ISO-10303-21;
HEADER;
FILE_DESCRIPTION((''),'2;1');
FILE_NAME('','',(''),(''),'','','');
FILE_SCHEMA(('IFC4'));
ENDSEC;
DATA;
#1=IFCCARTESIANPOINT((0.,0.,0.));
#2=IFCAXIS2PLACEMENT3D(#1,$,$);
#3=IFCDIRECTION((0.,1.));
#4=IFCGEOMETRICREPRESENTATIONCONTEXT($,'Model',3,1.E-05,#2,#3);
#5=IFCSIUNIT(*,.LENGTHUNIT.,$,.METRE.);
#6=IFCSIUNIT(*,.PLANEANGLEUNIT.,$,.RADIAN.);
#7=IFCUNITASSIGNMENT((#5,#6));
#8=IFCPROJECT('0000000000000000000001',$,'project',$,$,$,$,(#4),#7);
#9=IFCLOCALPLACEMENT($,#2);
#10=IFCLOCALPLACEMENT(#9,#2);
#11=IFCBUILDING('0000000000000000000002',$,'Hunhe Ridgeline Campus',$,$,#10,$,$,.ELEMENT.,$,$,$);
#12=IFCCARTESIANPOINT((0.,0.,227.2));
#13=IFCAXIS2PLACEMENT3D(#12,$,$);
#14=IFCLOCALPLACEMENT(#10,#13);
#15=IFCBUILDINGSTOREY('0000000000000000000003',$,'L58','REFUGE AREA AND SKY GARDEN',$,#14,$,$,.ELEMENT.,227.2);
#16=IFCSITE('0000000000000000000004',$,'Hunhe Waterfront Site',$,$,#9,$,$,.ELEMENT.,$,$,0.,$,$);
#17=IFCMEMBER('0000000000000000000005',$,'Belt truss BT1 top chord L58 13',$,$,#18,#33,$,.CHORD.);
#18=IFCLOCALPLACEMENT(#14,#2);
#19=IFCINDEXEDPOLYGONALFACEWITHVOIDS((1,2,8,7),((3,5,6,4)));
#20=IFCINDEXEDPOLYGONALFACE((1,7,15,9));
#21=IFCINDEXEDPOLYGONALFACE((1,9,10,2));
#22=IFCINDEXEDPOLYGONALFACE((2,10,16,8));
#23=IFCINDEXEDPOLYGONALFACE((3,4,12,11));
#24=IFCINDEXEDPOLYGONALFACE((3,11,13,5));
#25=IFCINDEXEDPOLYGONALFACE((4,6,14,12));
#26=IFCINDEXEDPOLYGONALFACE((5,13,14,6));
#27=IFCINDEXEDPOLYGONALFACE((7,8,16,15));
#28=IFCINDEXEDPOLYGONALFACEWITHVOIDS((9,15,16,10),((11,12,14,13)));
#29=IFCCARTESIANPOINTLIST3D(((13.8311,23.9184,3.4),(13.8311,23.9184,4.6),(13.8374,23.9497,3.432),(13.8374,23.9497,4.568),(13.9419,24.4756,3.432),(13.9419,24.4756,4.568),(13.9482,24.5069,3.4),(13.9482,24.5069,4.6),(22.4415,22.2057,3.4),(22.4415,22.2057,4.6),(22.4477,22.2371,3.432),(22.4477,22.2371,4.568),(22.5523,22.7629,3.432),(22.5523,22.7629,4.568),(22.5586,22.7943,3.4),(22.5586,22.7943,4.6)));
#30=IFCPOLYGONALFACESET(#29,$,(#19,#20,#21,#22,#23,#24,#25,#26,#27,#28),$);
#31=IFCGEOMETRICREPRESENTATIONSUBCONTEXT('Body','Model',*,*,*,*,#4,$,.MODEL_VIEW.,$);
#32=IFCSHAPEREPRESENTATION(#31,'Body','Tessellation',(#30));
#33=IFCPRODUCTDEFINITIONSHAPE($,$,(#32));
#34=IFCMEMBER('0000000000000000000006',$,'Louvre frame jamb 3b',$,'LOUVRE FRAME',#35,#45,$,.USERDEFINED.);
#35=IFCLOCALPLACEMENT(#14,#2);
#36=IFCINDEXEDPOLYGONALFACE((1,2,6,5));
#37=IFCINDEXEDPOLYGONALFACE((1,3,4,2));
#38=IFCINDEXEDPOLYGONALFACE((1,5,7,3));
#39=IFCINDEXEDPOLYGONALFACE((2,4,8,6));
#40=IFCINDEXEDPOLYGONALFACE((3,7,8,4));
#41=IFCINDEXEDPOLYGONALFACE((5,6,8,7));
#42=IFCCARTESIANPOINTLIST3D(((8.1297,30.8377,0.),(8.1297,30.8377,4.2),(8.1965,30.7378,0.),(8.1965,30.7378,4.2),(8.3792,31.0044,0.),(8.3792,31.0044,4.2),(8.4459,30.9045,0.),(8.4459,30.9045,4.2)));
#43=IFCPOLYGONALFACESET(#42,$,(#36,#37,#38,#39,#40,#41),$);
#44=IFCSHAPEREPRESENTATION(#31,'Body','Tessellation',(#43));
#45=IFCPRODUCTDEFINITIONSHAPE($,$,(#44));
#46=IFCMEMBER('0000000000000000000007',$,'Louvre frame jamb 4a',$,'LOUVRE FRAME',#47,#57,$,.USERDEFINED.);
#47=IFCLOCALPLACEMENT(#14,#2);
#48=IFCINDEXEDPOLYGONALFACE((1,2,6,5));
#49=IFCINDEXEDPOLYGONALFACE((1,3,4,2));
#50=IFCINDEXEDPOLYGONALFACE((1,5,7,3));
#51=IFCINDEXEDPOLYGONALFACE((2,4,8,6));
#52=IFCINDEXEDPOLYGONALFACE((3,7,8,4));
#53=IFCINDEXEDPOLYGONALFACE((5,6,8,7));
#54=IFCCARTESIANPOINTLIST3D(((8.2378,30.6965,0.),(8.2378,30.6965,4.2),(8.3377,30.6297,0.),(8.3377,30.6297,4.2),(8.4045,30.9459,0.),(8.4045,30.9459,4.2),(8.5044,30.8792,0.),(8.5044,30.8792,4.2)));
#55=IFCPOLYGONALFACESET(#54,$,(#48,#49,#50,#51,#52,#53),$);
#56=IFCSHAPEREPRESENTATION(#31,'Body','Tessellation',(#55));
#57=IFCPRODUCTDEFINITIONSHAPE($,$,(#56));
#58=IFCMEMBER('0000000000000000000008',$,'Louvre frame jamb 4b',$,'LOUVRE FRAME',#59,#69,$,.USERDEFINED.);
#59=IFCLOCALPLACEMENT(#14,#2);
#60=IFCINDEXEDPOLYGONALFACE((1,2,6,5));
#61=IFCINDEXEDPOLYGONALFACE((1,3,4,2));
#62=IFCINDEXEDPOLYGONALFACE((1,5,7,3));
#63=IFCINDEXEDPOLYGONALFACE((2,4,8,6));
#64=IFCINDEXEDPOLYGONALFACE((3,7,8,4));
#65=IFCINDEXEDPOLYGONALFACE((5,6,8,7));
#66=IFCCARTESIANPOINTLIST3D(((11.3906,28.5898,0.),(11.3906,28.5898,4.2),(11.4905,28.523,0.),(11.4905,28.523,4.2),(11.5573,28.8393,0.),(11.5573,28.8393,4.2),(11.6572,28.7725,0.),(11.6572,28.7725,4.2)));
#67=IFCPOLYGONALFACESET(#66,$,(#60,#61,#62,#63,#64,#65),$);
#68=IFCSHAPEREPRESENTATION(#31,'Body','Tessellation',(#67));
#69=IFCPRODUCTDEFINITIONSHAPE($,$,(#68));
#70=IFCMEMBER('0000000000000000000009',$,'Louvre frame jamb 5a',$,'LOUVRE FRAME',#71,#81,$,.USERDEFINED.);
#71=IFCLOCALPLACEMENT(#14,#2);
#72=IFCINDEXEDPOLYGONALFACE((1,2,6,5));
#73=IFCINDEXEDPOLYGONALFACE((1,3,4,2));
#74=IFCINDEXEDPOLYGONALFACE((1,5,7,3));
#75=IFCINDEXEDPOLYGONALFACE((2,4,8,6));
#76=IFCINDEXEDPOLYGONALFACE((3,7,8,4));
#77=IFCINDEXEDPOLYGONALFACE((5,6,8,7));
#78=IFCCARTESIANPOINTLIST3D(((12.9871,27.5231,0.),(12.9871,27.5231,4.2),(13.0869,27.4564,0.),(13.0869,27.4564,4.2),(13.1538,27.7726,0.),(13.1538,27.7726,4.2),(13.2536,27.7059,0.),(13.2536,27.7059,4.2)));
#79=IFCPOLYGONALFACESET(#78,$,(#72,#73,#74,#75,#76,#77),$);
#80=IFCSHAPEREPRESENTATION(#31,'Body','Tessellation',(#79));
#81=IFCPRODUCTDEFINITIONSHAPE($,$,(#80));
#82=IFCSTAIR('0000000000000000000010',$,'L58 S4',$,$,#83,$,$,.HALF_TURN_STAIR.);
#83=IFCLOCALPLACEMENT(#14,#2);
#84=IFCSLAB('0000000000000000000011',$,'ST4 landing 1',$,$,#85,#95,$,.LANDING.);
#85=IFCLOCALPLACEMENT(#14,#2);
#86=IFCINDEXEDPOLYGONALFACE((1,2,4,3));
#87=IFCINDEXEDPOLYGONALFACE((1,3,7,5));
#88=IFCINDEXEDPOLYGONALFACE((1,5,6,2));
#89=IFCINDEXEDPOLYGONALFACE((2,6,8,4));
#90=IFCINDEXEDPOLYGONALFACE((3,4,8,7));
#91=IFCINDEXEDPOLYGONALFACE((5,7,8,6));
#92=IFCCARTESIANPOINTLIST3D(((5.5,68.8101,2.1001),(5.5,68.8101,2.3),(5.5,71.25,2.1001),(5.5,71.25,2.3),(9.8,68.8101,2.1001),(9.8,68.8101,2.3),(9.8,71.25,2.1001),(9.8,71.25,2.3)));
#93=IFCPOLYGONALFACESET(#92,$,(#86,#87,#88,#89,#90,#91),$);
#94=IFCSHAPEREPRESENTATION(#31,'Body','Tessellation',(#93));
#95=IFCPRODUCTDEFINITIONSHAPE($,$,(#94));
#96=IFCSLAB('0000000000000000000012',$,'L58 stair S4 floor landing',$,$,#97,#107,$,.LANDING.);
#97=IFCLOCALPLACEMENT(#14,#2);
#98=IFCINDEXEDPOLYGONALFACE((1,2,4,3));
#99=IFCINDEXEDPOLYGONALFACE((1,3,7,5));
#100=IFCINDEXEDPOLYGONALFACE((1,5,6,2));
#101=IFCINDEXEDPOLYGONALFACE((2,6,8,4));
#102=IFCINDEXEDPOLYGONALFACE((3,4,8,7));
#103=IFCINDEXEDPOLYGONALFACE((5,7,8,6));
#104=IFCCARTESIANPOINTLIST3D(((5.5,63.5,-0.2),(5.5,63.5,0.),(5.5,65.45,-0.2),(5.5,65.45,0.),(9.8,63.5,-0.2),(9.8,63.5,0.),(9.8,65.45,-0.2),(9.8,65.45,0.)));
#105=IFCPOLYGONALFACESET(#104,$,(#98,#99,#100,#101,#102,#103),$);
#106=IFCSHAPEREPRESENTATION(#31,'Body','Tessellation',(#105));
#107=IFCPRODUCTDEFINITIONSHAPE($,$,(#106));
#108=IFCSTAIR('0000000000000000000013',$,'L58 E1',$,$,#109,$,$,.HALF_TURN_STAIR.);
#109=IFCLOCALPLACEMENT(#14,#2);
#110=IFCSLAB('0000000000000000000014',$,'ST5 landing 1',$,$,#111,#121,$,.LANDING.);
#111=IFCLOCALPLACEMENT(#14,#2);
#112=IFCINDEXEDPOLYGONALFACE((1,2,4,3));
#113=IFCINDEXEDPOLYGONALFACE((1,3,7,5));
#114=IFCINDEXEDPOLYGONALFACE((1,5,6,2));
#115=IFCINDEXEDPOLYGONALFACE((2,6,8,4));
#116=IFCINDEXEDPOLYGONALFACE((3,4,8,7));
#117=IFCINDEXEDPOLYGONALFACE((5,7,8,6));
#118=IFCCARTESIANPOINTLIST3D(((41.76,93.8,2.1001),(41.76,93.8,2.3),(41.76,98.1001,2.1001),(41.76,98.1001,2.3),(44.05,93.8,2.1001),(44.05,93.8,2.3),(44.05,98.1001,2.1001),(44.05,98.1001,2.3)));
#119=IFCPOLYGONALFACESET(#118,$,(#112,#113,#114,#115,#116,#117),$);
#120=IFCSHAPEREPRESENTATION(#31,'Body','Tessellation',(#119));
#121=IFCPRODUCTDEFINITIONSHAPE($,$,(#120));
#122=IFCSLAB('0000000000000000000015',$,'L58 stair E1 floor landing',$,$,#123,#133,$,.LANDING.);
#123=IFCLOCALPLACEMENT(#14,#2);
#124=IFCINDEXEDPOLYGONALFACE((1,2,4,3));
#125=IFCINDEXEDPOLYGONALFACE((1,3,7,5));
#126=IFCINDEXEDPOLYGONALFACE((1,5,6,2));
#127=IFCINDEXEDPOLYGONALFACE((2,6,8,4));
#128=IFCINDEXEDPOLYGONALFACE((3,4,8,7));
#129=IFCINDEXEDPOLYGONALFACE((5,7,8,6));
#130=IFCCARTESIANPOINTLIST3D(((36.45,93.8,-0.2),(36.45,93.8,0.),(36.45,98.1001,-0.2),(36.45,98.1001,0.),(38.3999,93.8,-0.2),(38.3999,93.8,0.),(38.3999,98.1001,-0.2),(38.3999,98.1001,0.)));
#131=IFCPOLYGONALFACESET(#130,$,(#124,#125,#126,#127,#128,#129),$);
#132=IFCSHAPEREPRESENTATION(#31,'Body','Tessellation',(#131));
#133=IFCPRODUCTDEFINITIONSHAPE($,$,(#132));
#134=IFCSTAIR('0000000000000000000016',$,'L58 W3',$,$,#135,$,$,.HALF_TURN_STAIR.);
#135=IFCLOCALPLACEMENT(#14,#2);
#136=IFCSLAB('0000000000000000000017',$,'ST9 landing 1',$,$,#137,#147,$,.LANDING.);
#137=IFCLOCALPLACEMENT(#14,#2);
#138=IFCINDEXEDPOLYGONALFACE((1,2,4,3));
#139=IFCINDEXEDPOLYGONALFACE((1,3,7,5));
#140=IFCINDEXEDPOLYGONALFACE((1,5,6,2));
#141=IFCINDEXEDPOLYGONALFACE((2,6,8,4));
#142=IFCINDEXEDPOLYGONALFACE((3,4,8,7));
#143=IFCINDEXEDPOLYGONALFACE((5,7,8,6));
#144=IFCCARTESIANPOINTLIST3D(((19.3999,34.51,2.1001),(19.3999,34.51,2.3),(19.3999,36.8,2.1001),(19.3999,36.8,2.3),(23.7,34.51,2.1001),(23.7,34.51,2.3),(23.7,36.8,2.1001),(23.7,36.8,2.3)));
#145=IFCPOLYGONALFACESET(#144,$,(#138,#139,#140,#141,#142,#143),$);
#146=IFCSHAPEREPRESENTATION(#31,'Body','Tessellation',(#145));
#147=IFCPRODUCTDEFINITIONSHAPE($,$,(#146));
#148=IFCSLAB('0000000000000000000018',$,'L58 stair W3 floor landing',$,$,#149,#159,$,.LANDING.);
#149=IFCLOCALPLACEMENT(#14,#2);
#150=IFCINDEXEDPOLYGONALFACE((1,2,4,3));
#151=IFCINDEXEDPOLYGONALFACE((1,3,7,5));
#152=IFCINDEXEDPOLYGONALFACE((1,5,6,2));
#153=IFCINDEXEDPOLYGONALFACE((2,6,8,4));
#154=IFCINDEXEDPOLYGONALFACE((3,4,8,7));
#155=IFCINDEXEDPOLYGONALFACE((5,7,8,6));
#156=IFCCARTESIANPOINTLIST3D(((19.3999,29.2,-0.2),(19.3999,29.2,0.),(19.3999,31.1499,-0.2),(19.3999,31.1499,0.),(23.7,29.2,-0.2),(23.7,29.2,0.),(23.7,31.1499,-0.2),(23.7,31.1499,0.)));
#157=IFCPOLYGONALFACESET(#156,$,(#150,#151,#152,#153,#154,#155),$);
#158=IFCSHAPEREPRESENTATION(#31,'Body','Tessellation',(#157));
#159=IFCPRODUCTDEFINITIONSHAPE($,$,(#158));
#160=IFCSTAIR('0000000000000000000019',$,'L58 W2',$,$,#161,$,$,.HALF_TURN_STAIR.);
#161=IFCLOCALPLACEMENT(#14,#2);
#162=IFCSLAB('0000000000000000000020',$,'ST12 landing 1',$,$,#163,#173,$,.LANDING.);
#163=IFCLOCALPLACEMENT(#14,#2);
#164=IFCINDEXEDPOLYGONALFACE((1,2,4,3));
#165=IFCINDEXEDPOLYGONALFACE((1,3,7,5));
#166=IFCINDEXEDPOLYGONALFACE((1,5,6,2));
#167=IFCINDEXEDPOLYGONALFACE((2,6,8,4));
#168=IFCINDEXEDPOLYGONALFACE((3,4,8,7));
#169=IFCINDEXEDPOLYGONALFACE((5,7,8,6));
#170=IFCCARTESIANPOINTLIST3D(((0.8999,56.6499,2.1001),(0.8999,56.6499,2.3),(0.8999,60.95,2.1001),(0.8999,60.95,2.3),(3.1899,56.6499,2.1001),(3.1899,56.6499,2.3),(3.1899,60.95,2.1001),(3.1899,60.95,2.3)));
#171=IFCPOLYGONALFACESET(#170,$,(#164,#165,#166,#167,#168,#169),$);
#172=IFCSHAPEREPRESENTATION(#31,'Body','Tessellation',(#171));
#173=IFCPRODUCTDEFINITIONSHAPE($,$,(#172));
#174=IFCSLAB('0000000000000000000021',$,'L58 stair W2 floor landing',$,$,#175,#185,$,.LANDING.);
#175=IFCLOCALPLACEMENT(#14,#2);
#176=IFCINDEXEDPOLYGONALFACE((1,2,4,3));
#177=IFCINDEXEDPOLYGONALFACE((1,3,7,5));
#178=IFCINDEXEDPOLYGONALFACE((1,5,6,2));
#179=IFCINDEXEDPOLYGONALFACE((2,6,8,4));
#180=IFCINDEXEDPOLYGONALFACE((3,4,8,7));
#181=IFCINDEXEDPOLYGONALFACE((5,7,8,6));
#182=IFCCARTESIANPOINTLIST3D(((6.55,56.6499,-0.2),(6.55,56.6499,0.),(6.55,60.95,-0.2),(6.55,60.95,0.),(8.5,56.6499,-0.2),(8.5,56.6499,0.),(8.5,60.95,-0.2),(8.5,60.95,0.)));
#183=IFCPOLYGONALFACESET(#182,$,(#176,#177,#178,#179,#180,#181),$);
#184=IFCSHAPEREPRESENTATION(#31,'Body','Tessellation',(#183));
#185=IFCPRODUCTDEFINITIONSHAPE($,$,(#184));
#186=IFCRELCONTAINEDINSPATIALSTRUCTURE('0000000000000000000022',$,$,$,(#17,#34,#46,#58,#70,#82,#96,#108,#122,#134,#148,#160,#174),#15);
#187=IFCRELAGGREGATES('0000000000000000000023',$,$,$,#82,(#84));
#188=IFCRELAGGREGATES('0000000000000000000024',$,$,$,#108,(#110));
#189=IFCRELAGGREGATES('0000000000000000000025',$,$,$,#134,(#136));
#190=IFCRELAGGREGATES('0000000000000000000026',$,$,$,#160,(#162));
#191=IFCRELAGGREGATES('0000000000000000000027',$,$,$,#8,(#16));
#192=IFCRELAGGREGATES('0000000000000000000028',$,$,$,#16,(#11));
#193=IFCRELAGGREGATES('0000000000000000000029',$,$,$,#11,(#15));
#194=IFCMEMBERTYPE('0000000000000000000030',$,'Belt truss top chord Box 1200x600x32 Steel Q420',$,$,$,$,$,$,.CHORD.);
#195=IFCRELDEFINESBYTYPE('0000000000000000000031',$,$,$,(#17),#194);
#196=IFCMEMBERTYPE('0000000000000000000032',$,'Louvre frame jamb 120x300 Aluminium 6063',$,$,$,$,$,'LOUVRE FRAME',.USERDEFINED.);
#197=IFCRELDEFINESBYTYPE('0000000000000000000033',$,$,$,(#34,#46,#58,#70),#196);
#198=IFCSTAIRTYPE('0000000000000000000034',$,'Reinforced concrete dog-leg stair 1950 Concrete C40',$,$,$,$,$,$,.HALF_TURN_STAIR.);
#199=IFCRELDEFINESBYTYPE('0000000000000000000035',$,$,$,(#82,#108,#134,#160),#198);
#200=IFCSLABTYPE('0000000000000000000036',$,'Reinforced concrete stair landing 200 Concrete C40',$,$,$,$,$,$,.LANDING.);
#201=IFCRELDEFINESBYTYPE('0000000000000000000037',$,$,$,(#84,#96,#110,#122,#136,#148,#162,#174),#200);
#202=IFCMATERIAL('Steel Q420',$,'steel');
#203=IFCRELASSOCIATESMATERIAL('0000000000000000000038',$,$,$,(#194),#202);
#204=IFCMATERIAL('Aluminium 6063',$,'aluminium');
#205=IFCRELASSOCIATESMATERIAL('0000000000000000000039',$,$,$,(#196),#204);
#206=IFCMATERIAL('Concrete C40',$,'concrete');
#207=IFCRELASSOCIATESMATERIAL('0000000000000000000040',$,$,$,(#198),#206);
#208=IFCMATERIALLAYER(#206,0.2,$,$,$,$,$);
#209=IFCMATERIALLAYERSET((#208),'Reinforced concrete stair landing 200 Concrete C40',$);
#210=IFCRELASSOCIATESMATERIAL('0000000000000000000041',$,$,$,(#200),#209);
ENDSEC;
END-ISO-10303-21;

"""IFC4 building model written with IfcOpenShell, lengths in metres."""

from ifc_helpers import new_model, si_unit, direction, frame, origin, origin_2d, place, context, subcontext, project, spatial, polyline, rectangle, hollow_rectangle, outline, extrude, material, layer, layer_set, material_profile, profile_set, type_object, element, aggregate, save


model = new_model("IFC4")

# Units and contexts
model_context = context("Model", 3, precision=1e-05, world=origin(), true_north=direction((0.0, 1.0)))
body_context = subcontext(model_context, "Body", "Model", "MODEL_VIEW")
ifc_project = project(units=[si_unit("LENGTHUNIT", "METRE"), si_unit("PLANEANGLEUNIT", "RADIAN")], contexts=[model_context])

# Site, building, storey
site_placement = place(None, origin())
site = spatial("IfcSite", under=ifc_project, at=site_placement, Name="Hunhe Waterfront Site", CompositionType="ELEMENT", RefElevation=0.0)
building_placement = place(site_placement, origin())
building = spatial("IfcBuilding", under=site, at=building_placement, Name="Hunhe Ridgeline Campus", CompositionType="ELEMENT")
storey_placement = place(building_placement, frame((0.0, 0.0, 227.2)))
storey = spatial("IfcBuildingStorey", under=building, at=storey_placement, Name="L58", Description="REFUGE AREA AND SKY GARDEN", CompositionType="ELEMENT", Elevation=227.2)

# Members
ifc_material_1 = material(Name="Steel Q420", Category="steel")
ifc_material_profile_1 = material_profile(ifc_material_1, hollow_rectangle(XDim=0.6001, YDim=1.2, WallThickness=0.032, at=origin_2d()))
ifc_profile_set_1 = profile_set([ifc_material_profile_1], Name="Steel Q420")
member_type_1 = type_object("IfcMemberType", Name="Belt truss top chord Box 1200x600x32 Steel Q420", PredefinedType="CHORD", material=ifc_profile_set_1)
for number, where, z_axis, x_axis, name in (
    (1, (13.8896, 24.2126, 4.0), (0.980787, -0.195084, 0.0), (0.195084, 0.980787, 0.0), "Belt truss BT1 top chord L58 13"),
):
    element("IfcMember", number, at=place(storey_placement, frame(where, z_axis=z_axis, x_axis=x_axis)), inside=storey, type_object=member_type_1, Name=name, PredefinedType="CHORD", context=body_context, shape_type="SweptSolid", body=[
        extrude(hollow_rectangle(XDim=0.6001, YDim=1.2, WallThickness=0.032, at=origin_2d()), origin(), (0.0, 0.0, 1.0), 8.7791),
    ])
ifc_material_2 = material(Name="Aluminium 6063", Category="aluminium")
ifc_material_profile_2 = material_profile(ifc_material_2, rectangle(XDim=0.3, YDim=0.1201, at=origin_2d()))
ifc_profile_set_2 = profile_set([ifc_material_profile_2], Name="Aluminium 6063")
member_type_2 = type_object("IfcMemberType", Name="Louvre frame jamb 120x300 Aluminium 6063", ElementType="LOUVRE FRAME", PredefinedType="USERDEFINED", material=ifc_profile_set_2)
for number, where, z_axis, x_axis, name in (
    (2, (8.2878, 30.8711, 0.0), (0.0, 0.0, 1.0), (0.83147, 0.55557, 0.0), "Louvre frame jamb 3b"),
    (3, (8.3711, 30.7878, 0.0), (0.0, 0.0, 1.0), (0.55557, 0.83147, 0.0), "Louvre frame jamb 4a"),
    (4, (11.5239, 28.6812, 0.0), (0.0, 0.0, 1.0), (0.55557, 0.83147, 0.0), "Louvre frame jamb 4b"),
    (5, (13.1204, 27.6145, 0.0), (0.0, 0.0, 1.0), (0.55557, 0.83147, 0.0), "Louvre frame jamb 5a"),
):
    element("IfcMember", number, at=place(storey_placement, frame(where, z_axis=z_axis, x_axis=x_axis)), inside=storey, type_object=member_type_2, Name=name, ObjectType="LOUVRE FRAME", PredefinedType="USERDEFINED", context=body_context, shape_type="SweptSolid", body=[
        extrude(rectangle(XDim=0.3, YDim=0.1201, at=origin_2d()), origin(), (0.0, 0.0, 1.0), 4.2),
    ])

# Stair, slab
ifc_material_3 = material(Name="Concrete C40", Category="concrete")
stair_type = type_object("IfcStairType", Name="Reinforced concrete dog-leg stair 1950 Concrete C40", PredefinedType="HALF_TURN_STAIR", material=ifc_material_3)
stair_1_placement = place(storey_placement, origin())
stair_1 = element("IfcStair", 6, at=stair_1_placement, inside=storey, type_object=stair_type, Name="L58 S4", PredefinedType="HALF_TURN_STAIR")
ifc_layer_1 = layer(ifc_material_3, 0.2)
ifc_layer_set_1 = layer_set([ifc_layer_1], Name="Reinforced concrete stair landing 200 Concrete C40")
slab_type = type_object("IfcSlabType", Name="Reinforced concrete stair landing 200 Concrete C40", PredefinedType="LANDING", material=ifc_layer_set_1)
slab_1_placement = place(storey_placement, frame((0.0, 0.0, 2.1001)))
slab_1 = element("IfcSlab", 7, at=slab_1_placement, type_object=slab_type, Name="ST4 landing 1", PredefinedType="LANDING", context=body_context, shape_type="SweptSolid", body=[
    extrude(outline(polyline([(9.8, 68.8101), (9.8, 71.25), (5.5, 71.25), (5.5, 68.8101), (9.8, 68.8101)])), origin(), (0.0, 0.0, 1.0), 0.2),
])
aggregate(stair_1, [slab_1])

# Slab
slab_2_placement = place(storey_placement, frame((0.0, 0.0, -0.2)))
element("IfcSlab", 8, at=slab_2_placement, inside=storey, type_object=slab_type, Name="L58 stair S4 floor landing", PredefinedType="LANDING", context=body_context, shape_type="SweptSolid", body=[
    extrude(outline(polyline([(9.8, 63.5), (9.8, 65.45), (5.5, 65.45), (5.5, 63.5), (9.8, 63.5)])), origin(), (0.0, 0.0, 1.0), 0.2),
])

# Stair, slab
stair_2_placement = place(storey_placement, origin())
stair_2 = element("IfcStair", 9, at=stair_2_placement, inside=storey, type_object=stair_type, Name="L58 E1", PredefinedType="HALF_TURN_STAIR")
slab_3_placement = place(storey_placement, frame((0.0, 0.0, 2.1001)))
slab_3 = element("IfcSlab", 10, at=slab_3_placement, type_object=slab_type, Name="ST5 landing 1", PredefinedType="LANDING", context=body_context, shape_type="SweptSolid", body=[
    extrude(outline(polyline([(41.76, 93.8), (44.05, 93.8), (44.05, 98.1001), (41.76, 98.1001), (41.76, 93.8)])), origin(), (0.0, 0.0, 1.0), 0.2),
])
aggregate(stair_2, [slab_3])

# Slab
slab_4_placement = place(storey_placement, frame((0.0, 0.0, -0.2)))
element("IfcSlab", 11, at=slab_4_placement, inside=storey, type_object=slab_type, Name="L58 stair E1 floor landing", PredefinedType="LANDING", context=body_context, shape_type="SweptSolid", body=[
    extrude(outline(polyline([(36.45, 93.8), (38.3999, 93.8), (38.3999, 98.1001), (36.45, 98.1001), (36.45, 93.8)])), origin(), (0.0, 0.0, 1.0), 0.2),
])

# Stair, slab
stair_3_placement = place(storey_placement, origin())
stair_3 = element("IfcStair", 12, at=stair_3_placement, inside=storey, type_object=stair_type, Name="L58 W3", PredefinedType="HALF_TURN_STAIR")
slab_5_placement = place(storey_placement, frame((0.0, 0.0, 2.1001)))
slab_5 = element("IfcSlab", 13, at=slab_5_placement, type_object=slab_type, Name="ST9 landing 1", PredefinedType="LANDING", context=body_context, shape_type="SweptSolid", body=[
    extrude(outline(polyline([(23.7, 34.51), (23.7, 36.8), (19.3999, 36.8), (19.3999, 34.51), (23.7, 34.51)])), origin(), (0.0, 0.0, 1.0), 0.2),
])
aggregate(stair_3, [slab_5])

# Slab
slab_6_placement = place(storey_placement, frame((0.0, 0.0, -0.2)))
element("IfcSlab", 14, at=slab_6_placement, inside=storey, type_object=slab_type, Name="L58 stair W3 floor landing", PredefinedType="LANDING", context=body_context, shape_type="SweptSolid", body=[
    extrude(outline(polyline([(23.7, 29.2), (23.7, 31.1499), (19.3999, 31.1499), (19.3999, 29.2), (23.7, 29.2)])), origin(), (0.0, 0.0, 1.0), 0.2),
])

# Stair, slab
stair_4_placement = place(storey_placement, origin())
stair_4 = element("IfcStair", 15, at=stair_4_placement, inside=storey, type_object=stair_type, Name="L58 W2", PredefinedType="HALF_TURN_STAIR")
slab_7_placement = place(storey_placement, frame((0.0, 0.0, 2.1001)))
slab_7 = element("IfcSlab", 16, at=slab_7_placement, type_object=slab_type, Name="ST12 landing 1", PredefinedType="LANDING", context=body_context, shape_type="SweptSolid", body=[
    extrude(outline(polyline([(3.1899, 60.95), (0.8999, 60.95), (0.8999, 56.6499), (3.1899, 56.6499), (3.1899, 60.95)])), origin(), (0.0, 0.0, 1.0), 0.2),
])
aggregate(stair_4, [slab_7])

# Slab
slab_8_placement = place(storey_placement, frame((0.0, 0.0, -0.2)))
element("IfcSlab", 17, at=slab_8_placement, inside=storey, type_object=slab_type, Name="L58 stair W2 floor landing", PredefinedType="LANDING", context=body_context, shape_type="SweptSolid", body=[
    extrude(outline(polyline([(8.5, 60.95), (6.55, 60.95), (6.55, 56.6499), (8.5, 56.6499), (8.5, 60.95)])), origin(), (0.0, 0.0, 1.0), 0.2),
])

save(model, "model.ifc")
